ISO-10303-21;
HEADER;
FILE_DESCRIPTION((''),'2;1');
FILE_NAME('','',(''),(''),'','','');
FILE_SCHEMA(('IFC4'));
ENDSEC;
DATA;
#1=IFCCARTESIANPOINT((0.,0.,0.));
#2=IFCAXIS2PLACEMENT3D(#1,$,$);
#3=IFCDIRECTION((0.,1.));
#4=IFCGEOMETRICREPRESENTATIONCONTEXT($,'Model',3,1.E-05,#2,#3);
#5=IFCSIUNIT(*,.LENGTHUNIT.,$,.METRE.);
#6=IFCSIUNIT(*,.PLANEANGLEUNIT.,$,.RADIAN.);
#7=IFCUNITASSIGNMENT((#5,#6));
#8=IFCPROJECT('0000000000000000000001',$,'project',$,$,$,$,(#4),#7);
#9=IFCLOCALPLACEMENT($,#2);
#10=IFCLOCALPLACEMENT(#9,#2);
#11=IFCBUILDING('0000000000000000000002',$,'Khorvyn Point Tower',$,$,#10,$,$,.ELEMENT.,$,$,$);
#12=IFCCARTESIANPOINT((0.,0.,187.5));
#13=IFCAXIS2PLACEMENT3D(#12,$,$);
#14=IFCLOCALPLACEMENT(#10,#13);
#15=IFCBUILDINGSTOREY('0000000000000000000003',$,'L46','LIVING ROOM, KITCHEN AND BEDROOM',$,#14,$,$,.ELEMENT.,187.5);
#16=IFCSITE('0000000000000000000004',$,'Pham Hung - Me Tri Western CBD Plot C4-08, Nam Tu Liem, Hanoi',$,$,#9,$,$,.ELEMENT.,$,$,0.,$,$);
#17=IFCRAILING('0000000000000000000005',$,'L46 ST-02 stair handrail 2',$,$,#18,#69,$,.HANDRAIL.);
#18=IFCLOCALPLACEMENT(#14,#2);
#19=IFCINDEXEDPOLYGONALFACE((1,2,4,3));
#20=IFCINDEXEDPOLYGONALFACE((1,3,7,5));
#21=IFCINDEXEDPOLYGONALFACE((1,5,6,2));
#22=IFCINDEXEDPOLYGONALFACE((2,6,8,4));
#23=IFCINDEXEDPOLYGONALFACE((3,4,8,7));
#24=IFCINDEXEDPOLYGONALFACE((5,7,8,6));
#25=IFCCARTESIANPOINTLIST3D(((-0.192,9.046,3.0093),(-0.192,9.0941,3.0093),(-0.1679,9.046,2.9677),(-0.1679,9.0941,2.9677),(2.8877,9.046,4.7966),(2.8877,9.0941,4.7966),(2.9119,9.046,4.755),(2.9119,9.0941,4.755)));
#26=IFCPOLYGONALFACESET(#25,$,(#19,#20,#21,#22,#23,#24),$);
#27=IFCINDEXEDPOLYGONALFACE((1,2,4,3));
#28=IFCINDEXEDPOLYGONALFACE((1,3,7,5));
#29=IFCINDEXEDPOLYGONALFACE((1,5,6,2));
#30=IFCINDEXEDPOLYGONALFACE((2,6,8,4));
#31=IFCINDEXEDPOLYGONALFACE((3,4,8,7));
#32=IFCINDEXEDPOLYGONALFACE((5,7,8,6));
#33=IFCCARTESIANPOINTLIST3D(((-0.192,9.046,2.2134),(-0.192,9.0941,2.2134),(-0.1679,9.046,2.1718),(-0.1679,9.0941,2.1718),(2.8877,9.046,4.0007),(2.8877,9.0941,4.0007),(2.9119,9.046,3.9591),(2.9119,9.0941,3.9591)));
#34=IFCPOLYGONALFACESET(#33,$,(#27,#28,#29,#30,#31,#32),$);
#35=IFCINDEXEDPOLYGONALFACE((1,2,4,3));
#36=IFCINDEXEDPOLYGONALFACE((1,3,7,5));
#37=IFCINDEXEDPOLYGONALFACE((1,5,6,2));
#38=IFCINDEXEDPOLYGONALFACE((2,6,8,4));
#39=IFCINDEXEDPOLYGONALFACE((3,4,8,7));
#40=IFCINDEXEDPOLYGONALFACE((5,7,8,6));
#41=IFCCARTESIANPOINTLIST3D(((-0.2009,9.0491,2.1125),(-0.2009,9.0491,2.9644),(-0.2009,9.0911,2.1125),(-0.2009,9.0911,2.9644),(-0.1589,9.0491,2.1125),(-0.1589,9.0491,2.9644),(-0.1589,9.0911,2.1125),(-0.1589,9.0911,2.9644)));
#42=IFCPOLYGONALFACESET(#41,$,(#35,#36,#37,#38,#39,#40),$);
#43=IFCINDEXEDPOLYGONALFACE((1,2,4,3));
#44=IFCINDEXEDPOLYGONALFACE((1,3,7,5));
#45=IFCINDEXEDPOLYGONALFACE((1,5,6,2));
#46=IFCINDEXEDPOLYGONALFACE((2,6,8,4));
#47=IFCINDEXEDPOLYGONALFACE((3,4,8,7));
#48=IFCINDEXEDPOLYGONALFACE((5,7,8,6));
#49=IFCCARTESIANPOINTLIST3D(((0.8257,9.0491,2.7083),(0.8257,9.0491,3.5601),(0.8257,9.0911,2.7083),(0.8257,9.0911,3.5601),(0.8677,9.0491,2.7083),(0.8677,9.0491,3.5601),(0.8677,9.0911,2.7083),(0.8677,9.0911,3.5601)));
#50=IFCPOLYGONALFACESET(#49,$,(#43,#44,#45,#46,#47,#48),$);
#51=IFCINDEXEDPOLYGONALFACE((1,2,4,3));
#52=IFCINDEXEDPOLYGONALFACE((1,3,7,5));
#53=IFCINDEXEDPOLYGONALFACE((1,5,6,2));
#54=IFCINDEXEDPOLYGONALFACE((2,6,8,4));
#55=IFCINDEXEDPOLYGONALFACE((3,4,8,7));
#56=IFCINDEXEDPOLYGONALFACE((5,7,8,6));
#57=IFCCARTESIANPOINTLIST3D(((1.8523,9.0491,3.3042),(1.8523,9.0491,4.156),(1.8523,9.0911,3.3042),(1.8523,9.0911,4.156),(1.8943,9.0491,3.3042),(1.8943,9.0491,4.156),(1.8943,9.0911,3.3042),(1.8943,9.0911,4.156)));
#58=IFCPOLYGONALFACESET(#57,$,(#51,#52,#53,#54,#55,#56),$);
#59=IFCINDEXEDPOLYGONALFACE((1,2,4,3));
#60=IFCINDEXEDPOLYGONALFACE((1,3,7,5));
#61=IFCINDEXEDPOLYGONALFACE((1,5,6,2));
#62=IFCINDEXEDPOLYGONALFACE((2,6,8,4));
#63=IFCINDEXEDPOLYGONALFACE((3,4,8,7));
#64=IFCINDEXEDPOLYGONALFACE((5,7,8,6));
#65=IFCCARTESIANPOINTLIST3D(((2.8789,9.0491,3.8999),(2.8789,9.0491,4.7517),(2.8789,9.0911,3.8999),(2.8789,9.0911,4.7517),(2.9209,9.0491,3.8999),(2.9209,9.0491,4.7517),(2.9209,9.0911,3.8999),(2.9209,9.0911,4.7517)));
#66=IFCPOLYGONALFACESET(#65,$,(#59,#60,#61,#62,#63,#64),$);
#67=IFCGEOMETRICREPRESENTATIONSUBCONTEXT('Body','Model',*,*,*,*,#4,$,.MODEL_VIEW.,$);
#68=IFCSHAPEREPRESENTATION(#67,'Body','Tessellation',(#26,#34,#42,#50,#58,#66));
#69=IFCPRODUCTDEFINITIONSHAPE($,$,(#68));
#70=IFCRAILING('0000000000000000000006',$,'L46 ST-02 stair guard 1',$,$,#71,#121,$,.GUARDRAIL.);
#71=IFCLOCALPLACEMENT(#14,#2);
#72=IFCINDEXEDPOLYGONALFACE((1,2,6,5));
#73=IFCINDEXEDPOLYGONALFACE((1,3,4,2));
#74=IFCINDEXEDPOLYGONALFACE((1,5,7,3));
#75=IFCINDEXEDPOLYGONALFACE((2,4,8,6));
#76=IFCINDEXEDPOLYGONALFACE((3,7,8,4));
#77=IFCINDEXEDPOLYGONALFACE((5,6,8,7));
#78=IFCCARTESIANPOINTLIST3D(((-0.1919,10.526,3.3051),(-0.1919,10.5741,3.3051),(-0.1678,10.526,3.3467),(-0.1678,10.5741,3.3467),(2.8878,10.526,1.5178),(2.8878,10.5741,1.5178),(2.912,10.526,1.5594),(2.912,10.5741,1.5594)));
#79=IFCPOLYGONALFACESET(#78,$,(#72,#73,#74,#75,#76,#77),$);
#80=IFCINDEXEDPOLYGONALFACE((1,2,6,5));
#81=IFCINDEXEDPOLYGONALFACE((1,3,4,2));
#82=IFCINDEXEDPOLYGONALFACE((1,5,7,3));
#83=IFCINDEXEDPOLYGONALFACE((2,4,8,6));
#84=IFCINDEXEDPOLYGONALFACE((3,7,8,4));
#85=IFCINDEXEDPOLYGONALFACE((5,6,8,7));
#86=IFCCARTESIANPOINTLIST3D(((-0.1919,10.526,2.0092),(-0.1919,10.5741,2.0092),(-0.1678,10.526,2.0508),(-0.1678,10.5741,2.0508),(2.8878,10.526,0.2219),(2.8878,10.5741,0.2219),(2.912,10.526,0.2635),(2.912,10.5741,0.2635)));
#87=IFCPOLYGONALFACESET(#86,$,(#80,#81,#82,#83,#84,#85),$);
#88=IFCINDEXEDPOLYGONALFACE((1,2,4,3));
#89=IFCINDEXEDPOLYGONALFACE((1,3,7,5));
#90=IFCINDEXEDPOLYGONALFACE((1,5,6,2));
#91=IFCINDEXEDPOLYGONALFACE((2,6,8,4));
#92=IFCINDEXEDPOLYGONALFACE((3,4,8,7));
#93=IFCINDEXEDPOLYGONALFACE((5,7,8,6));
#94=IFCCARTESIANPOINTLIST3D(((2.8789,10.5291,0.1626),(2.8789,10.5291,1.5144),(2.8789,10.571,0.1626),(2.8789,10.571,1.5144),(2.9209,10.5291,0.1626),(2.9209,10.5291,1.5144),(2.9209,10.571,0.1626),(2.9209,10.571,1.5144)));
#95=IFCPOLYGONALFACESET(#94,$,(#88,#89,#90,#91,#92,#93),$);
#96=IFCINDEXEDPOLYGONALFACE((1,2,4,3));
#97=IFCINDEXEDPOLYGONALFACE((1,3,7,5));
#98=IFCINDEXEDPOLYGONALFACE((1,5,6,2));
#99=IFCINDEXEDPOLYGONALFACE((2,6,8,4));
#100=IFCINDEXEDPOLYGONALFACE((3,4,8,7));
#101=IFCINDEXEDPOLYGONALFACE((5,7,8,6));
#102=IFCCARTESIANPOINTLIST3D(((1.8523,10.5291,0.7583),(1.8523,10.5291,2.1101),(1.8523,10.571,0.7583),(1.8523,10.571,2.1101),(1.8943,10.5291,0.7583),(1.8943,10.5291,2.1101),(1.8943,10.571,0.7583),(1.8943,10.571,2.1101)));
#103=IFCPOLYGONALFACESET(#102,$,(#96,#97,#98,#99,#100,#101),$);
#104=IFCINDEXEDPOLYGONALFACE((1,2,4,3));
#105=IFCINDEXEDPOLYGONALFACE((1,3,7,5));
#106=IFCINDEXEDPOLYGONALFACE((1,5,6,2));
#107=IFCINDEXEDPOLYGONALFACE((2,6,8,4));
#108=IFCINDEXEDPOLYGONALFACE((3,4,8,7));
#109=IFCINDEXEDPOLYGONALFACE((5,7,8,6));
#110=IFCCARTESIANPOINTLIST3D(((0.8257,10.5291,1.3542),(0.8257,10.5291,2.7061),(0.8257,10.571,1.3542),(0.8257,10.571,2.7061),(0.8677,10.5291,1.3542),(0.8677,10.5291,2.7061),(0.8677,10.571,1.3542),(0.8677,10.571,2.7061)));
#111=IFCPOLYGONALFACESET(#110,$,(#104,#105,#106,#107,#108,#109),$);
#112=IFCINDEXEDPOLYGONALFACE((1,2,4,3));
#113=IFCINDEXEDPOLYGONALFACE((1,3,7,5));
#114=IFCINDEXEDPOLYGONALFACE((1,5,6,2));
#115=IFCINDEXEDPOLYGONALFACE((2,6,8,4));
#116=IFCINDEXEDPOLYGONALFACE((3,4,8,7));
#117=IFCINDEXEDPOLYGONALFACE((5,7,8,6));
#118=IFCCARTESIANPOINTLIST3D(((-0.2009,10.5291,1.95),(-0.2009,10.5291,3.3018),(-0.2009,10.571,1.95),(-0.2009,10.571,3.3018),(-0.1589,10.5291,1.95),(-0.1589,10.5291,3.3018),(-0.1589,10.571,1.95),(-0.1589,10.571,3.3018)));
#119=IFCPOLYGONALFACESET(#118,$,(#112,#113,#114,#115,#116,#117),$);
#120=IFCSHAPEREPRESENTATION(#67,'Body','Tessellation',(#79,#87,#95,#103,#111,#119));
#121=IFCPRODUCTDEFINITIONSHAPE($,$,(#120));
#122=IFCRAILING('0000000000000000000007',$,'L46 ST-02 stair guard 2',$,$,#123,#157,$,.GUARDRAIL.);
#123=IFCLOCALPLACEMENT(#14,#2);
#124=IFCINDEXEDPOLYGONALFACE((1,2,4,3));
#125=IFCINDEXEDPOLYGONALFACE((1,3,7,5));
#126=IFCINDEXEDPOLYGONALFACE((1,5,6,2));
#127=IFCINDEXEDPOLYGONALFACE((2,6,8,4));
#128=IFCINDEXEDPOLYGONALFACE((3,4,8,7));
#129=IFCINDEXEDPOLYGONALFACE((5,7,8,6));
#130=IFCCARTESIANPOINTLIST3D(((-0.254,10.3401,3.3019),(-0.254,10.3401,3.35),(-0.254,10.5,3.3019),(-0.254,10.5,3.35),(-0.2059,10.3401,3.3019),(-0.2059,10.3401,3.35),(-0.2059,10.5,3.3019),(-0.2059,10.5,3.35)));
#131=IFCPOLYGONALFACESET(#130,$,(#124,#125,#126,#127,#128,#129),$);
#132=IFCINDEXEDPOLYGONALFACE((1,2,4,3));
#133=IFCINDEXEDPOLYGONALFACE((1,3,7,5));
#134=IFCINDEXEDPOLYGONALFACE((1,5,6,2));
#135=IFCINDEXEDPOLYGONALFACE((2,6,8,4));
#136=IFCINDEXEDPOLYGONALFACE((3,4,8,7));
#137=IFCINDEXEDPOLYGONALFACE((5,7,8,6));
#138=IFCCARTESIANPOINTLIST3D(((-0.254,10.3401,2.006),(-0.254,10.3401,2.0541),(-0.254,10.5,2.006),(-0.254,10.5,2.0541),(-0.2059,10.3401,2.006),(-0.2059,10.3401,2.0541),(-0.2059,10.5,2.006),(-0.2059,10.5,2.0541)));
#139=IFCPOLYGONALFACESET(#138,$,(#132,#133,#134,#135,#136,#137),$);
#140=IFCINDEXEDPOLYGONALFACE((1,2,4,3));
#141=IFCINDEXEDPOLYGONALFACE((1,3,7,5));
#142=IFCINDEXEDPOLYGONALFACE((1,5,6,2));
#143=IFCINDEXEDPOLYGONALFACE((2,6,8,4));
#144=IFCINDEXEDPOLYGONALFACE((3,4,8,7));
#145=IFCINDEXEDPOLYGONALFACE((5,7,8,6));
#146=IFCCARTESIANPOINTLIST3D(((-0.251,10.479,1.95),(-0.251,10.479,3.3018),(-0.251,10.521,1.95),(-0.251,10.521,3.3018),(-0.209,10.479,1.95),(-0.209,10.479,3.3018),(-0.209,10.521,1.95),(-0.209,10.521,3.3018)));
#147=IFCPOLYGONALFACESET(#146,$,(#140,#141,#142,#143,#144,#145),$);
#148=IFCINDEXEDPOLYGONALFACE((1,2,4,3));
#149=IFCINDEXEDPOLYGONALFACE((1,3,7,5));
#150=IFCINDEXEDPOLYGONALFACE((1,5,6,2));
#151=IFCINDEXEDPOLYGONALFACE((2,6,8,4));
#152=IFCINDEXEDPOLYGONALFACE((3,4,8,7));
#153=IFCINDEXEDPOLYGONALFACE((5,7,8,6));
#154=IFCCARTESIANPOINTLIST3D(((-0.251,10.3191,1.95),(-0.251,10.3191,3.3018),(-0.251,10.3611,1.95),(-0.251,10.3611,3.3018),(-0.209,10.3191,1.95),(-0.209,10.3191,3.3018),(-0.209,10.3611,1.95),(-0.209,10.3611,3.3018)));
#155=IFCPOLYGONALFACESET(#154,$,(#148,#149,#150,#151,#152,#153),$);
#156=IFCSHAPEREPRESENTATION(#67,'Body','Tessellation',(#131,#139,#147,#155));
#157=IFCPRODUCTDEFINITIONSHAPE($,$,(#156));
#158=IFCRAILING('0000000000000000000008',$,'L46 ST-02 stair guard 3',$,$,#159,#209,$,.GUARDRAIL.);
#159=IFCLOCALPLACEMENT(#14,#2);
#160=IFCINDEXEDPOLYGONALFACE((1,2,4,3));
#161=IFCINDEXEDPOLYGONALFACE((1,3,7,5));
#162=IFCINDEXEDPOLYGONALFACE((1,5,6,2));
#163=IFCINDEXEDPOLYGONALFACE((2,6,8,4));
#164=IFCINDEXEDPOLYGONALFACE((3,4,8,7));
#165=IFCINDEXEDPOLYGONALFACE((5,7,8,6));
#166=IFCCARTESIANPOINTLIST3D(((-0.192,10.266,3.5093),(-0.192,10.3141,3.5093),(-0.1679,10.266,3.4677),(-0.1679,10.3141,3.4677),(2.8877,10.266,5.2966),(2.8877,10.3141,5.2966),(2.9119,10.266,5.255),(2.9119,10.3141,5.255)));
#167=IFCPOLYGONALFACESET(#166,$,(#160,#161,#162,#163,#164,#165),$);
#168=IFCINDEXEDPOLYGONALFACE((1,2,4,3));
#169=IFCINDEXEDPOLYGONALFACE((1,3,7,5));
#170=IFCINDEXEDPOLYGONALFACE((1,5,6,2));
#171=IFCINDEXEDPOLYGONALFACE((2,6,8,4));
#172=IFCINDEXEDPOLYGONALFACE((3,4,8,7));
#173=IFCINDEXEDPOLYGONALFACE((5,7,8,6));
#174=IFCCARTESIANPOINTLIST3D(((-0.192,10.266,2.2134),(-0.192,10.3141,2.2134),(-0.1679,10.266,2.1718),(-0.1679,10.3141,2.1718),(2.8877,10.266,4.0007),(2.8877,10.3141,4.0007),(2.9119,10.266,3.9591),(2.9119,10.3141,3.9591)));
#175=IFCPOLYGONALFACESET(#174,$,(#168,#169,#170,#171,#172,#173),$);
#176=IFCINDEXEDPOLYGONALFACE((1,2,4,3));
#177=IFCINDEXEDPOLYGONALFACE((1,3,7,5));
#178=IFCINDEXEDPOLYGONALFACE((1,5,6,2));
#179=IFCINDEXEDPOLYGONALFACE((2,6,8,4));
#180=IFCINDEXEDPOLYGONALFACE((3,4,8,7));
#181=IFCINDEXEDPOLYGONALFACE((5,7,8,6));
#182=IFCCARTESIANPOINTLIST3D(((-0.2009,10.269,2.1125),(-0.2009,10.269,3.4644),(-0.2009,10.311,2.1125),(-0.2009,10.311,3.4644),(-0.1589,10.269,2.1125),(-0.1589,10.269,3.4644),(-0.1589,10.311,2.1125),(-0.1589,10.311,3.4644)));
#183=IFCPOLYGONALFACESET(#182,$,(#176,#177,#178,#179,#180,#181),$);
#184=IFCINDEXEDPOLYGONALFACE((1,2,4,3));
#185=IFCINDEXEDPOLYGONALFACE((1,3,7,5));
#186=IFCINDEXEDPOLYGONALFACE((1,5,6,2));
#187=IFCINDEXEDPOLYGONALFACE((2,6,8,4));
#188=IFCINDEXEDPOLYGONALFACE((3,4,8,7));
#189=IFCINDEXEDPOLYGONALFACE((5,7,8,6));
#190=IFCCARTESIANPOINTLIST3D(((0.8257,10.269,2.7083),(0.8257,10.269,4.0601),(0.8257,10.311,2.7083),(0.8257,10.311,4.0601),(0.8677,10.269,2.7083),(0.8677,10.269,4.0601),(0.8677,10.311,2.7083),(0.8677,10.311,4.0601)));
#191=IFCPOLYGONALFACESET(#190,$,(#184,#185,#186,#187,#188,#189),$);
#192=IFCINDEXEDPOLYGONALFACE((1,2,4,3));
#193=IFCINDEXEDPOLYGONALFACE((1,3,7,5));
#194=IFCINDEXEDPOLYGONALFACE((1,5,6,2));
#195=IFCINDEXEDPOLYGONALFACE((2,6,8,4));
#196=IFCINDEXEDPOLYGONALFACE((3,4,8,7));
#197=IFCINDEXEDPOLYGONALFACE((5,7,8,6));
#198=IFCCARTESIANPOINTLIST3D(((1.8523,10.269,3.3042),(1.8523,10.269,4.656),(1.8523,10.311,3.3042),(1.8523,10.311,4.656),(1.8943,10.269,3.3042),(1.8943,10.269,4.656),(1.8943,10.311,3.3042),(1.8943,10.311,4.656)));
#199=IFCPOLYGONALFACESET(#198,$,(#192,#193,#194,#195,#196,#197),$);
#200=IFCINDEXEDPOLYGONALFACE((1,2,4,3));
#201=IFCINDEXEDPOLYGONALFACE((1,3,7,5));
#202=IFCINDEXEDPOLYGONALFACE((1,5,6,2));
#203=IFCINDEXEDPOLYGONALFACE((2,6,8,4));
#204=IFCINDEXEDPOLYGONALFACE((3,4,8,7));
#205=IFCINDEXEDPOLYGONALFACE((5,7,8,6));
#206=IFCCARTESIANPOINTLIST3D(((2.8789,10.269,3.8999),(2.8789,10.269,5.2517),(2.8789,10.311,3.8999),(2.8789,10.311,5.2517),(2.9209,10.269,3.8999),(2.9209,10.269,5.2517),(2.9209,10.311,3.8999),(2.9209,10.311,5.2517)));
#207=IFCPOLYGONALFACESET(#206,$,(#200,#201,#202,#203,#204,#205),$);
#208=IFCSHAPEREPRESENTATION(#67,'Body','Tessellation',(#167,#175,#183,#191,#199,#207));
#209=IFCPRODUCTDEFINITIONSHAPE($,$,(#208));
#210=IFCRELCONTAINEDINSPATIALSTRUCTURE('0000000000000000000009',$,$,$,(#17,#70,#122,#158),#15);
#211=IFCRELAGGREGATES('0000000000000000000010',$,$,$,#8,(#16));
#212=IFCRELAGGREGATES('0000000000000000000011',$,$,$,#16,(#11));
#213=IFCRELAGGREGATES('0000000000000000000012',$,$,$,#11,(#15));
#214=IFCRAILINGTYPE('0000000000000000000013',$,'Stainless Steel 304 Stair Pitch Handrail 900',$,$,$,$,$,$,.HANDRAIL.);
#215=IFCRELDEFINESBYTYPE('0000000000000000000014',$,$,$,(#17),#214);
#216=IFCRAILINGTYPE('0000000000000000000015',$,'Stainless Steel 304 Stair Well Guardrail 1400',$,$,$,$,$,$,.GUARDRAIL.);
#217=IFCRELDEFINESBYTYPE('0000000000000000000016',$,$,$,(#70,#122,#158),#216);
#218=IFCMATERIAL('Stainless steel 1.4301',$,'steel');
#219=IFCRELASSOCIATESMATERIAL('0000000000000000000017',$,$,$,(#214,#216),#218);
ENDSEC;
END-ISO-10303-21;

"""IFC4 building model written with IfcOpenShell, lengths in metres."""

from ifc_helpers import new_model, si_unit, direction, frame, origin, origin_2d, place, context, subcontext, project, spatial, rectangle, extrude, material, type_object, element, save


model = new_model("IFC4")

# Units and contexts
model_context = context("Model", 3, precision=1e-05, world=origin(), true_north=direction((0.0, 1.0)))
body_context = subcontext(model_context, "Body", "Model", "MODEL_VIEW")
ifc_project = project(units=[si_unit("LENGTHUNIT", "METRE"), si_unit("PLANEANGLEUNIT", "RADIAN")], contexts=[model_context])

# Site, building, storey
site_placement = place(None, origin())
site = spatial("IfcSite", under=ifc_project, at=site_placement, Name="Pham Hung - Me Tri Western CBD Plot C4-08, Nam Tu Liem, Hanoi", CompositionType="ELEMENT", RefElevation=0.0)
building_placement = place(site_placement, origin())
building = spatial("IfcBuilding", under=site, at=building_placement, Name="Khorvyn Point Tower", CompositionType="ELEMENT")
storey_placement = place(building_placement, frame((0.0, 0.0, 187.5)))
storey = spatial("IfcBuildingStorey", under=building, at=storey_placement, Name="L46", Description="LIVING ROOM, KITCHEN AND BEDROOM", CompositionType="ELEMENT", Elevation=187.5)

# Shared definitions
ifc_material_1 = material(Name="Stainless steel 1.4301", Category="steel")

# Railings
railing_type_1 = type_object("IfcRailingType", Name="Stainless Steel 304 Stair Pitch Handrail 900", PredefinedType="HANDRAIL", material=ifc_material_1)
railing_1_placement = place(storey_placement, frame((-0.1799, 9.0701, 2.1125)))
element("IfcRailing", 1, at=railing_1_placement, inside=storey, type_object=railing_type_1, Name="L46 ST-02 stair handrail 2", PredefinedType="HANDRAIL", context=body_context, shape_type="SweptSolid", body=[
    extrude(rectangle(XDim=0.0481, YDim=0.0481, at=origin_2d()), frame((0.0, 0.0, 0.876), z_axis=(0.864903, 0.0, 0.501939), x_axis=(0.0, 1.0, 0.0)), (0.0, 0.0, 1.0), 3.5608),
    extrude(rectangle(XDim=0.0481, YDim=0.0481, at=origin_2d()), frame((0.0, 0.0, 0.0801), z_axis=(0.864903, 0.0, 0.501939), x_axis=(0.0, 1.0, 0.0)), (0.0, 0.0, 1.0), 3.5608),
    extrude(rectangle(XDim=0.042, YDim=0.042, at=origin_2d()), origin(), (0.0, 0.0, 1.0), 0.8518),
    extrude(rectangle(XDim=0.042, YDim=0.042, at=origin_2d()), frame((1.0266, 0.0, 0.5957)), (0.0, 0.0, 1.0), 0.8518),
    extrude(rectangle(XDim=0.042, YDim=0.042, at=origin_2d()), frame((2.0532, 0.0, 1.1917)), (0.0, 0.0, 1.0), 0.8518),
    extrude(rectangle(XDim=0.042, YDim=0.042, at=origin_2d()), frame((3.0798, 0.0, 1.7874)), (0.0, 0.0, 1.0), 0.8518),
])
railing_type_2 = type_object("IfcRailingType", Name="Stainless Steel 304 Stair Well Guardrail 1400", PredefinedType="GUARDRAIL", material=ifc_material_1)
railing_2_placement = place(storey_placement, frame((2.8999, 10.55, 0.1626)))
element("IfcRailing", 2, at=railing_2_placement, inside=storey, type_object=railing_type_2, Name="L46 ST-02 stair guard 1", PredefinedType="GUARDRAIL", context=body_context, shape_type="SweptSolid", body=[
    extrude(rectangle(XDim=0.0481, YDim=0.0481, at=origin_2d()), frame((0.0, 0.0, 1.376), z_axis=(-0.864903, 0.0, 0.501939), x_axis=(0.0, -1.0, 0.0)), (0.0, 0.0, 1.0), 3.5608),
    extrude(rectangle(XDim=0.0481, YDim=0.0481, at=origin_2d()), frame((0.0, 0.0, 0.0801), z_axis=(-0.864903, 0.0, 0.501939), x_axis=(0.0, -1.0, 0.0)), (0.0, 0.0, 1.0), 3.5608),
    extrude(rectangle(XDim=0.042, YDim=0.042, at=origin_2d()), origin(), (0.0, 0.0, 1.0), 1.3518),
    extrude(rectangle(XDim=0.042, YDim=0.042, at=origin_2d()), frame((-1.0266, 0.0, 0.5957)), (0.0, 0.0, 1.0), 1.3518),
    extrude(rectangle(XDim=0.042, YDim=0.042, at=origin_2d()), frame((-2.0532, 0.0, 1.1917)), (0.0, 0.0, 1.0), 1.3518),
    extrude(rectangle(XDim=0.042, YDim=0.042, at=origin_2d()), frame((-3.0798, 0.0, 1.7874)), (0.0, 0.0, 1.0), 1.3518),
])
railing_3_placement = place(storey_placement, frame((-0.23, 10.5, 1.95)))
element("IfcRailing", 3, at=railing_3_placement, inside=storey, type_object=railing_type_2, Name="L46 ST-02 stair guard 2", PredefinedType="GUARDRAIL", context=body_context, shape_type="SweptSolid", body=[
    extrude(rectangle(XDim=0.0481, YDim=0.0481, at=origin_2d()), frame((0.0, 0.0, 1.376), z_axis=(0.0, -1.0, 0.0), x_axis=(1.0, 0.0, 0.0)), (0.0, 0.0, 1.0), 0.1599),
    extrude(rectangle(XDim=0.0481, YDim=0.0481, at=origin_2d()), frame((0.0, 0.0, 0.0801), z_axis=(0.0, -1.0, 0.0), x_axis=(1.0, 0.0, 0.0)), (0.0, 0.0, 1.0), 0.1599),
    extrude(rectangle(XDim=0.042, YDim=0.042, at=origin_2d()), origin(), (0.0, 0.0, 1.0), 1.3518),
    extrude(rectangle(XDim=0.042, YDim=0.042, at=origin_2d()), frame((0.0, -0.1599, 0.0)), (0.0, 0.0, 1.0), 1.3518),
])
railing_4_placement = place(storey_placement, frame((-0.1799, 10.29, 2.1125)))
element("IfcRailing", 4, at=railing_4_placement, inside=storey, type_object=railing_type_2, Name="L46 ST-02 stair guard 3", PredefinedType="GUARDRAIL", context=body_context, shape_type="SweptSolid", body=[
    extrude(rectangle(XDim=0.0481, YDim=0.0481, at=origin_2d()), frame((0.0, 0.0, 1.376), z_axis=(0.864903, 0.0, 0.501939), x_axis=(0.0, 1.0, 0.0)), (0.0, 0.0, 1.0), 3.5608),
    extrude(rectangle(XDim=0.0481, YDim=0.0481, at=origin_2d()), frame((0.0, 0.0, 0.0801), z_axis=(0.864903, 0.0, 0.501939), x_axis=(0.0, 1.0, 0.0)), (0.0, 0.0, 1.0), 3.5608),
    extrude(rectangle(XDim=0.042, YDim=0.042, at=origin_2d()), origin(), (0.0, 0.0, 1.0), 1.3518),
    extrude(rectangle(XDim=0.042, YDim=0.042, at=origin_2d()), frame((1.0266, 0.0, 0.5957)), (0.0, 0.0, 1.0), 1.3518),
    extrude(rectangle(XDim=0.042, YDim=0.042, at=origin_2d()), frame((2.0532, 0.0, 1.1917)), (0.0, 0.0, 1.0), 1.3518),
    extrude(rectangle(XDim=0.042, YDim=0.042, at=origin_2d()), frame((3.0798, 0.0, 1.7874)), (0.0, 0.0, 1.0), 1.3518),
])

save(model, "model.ifc")
